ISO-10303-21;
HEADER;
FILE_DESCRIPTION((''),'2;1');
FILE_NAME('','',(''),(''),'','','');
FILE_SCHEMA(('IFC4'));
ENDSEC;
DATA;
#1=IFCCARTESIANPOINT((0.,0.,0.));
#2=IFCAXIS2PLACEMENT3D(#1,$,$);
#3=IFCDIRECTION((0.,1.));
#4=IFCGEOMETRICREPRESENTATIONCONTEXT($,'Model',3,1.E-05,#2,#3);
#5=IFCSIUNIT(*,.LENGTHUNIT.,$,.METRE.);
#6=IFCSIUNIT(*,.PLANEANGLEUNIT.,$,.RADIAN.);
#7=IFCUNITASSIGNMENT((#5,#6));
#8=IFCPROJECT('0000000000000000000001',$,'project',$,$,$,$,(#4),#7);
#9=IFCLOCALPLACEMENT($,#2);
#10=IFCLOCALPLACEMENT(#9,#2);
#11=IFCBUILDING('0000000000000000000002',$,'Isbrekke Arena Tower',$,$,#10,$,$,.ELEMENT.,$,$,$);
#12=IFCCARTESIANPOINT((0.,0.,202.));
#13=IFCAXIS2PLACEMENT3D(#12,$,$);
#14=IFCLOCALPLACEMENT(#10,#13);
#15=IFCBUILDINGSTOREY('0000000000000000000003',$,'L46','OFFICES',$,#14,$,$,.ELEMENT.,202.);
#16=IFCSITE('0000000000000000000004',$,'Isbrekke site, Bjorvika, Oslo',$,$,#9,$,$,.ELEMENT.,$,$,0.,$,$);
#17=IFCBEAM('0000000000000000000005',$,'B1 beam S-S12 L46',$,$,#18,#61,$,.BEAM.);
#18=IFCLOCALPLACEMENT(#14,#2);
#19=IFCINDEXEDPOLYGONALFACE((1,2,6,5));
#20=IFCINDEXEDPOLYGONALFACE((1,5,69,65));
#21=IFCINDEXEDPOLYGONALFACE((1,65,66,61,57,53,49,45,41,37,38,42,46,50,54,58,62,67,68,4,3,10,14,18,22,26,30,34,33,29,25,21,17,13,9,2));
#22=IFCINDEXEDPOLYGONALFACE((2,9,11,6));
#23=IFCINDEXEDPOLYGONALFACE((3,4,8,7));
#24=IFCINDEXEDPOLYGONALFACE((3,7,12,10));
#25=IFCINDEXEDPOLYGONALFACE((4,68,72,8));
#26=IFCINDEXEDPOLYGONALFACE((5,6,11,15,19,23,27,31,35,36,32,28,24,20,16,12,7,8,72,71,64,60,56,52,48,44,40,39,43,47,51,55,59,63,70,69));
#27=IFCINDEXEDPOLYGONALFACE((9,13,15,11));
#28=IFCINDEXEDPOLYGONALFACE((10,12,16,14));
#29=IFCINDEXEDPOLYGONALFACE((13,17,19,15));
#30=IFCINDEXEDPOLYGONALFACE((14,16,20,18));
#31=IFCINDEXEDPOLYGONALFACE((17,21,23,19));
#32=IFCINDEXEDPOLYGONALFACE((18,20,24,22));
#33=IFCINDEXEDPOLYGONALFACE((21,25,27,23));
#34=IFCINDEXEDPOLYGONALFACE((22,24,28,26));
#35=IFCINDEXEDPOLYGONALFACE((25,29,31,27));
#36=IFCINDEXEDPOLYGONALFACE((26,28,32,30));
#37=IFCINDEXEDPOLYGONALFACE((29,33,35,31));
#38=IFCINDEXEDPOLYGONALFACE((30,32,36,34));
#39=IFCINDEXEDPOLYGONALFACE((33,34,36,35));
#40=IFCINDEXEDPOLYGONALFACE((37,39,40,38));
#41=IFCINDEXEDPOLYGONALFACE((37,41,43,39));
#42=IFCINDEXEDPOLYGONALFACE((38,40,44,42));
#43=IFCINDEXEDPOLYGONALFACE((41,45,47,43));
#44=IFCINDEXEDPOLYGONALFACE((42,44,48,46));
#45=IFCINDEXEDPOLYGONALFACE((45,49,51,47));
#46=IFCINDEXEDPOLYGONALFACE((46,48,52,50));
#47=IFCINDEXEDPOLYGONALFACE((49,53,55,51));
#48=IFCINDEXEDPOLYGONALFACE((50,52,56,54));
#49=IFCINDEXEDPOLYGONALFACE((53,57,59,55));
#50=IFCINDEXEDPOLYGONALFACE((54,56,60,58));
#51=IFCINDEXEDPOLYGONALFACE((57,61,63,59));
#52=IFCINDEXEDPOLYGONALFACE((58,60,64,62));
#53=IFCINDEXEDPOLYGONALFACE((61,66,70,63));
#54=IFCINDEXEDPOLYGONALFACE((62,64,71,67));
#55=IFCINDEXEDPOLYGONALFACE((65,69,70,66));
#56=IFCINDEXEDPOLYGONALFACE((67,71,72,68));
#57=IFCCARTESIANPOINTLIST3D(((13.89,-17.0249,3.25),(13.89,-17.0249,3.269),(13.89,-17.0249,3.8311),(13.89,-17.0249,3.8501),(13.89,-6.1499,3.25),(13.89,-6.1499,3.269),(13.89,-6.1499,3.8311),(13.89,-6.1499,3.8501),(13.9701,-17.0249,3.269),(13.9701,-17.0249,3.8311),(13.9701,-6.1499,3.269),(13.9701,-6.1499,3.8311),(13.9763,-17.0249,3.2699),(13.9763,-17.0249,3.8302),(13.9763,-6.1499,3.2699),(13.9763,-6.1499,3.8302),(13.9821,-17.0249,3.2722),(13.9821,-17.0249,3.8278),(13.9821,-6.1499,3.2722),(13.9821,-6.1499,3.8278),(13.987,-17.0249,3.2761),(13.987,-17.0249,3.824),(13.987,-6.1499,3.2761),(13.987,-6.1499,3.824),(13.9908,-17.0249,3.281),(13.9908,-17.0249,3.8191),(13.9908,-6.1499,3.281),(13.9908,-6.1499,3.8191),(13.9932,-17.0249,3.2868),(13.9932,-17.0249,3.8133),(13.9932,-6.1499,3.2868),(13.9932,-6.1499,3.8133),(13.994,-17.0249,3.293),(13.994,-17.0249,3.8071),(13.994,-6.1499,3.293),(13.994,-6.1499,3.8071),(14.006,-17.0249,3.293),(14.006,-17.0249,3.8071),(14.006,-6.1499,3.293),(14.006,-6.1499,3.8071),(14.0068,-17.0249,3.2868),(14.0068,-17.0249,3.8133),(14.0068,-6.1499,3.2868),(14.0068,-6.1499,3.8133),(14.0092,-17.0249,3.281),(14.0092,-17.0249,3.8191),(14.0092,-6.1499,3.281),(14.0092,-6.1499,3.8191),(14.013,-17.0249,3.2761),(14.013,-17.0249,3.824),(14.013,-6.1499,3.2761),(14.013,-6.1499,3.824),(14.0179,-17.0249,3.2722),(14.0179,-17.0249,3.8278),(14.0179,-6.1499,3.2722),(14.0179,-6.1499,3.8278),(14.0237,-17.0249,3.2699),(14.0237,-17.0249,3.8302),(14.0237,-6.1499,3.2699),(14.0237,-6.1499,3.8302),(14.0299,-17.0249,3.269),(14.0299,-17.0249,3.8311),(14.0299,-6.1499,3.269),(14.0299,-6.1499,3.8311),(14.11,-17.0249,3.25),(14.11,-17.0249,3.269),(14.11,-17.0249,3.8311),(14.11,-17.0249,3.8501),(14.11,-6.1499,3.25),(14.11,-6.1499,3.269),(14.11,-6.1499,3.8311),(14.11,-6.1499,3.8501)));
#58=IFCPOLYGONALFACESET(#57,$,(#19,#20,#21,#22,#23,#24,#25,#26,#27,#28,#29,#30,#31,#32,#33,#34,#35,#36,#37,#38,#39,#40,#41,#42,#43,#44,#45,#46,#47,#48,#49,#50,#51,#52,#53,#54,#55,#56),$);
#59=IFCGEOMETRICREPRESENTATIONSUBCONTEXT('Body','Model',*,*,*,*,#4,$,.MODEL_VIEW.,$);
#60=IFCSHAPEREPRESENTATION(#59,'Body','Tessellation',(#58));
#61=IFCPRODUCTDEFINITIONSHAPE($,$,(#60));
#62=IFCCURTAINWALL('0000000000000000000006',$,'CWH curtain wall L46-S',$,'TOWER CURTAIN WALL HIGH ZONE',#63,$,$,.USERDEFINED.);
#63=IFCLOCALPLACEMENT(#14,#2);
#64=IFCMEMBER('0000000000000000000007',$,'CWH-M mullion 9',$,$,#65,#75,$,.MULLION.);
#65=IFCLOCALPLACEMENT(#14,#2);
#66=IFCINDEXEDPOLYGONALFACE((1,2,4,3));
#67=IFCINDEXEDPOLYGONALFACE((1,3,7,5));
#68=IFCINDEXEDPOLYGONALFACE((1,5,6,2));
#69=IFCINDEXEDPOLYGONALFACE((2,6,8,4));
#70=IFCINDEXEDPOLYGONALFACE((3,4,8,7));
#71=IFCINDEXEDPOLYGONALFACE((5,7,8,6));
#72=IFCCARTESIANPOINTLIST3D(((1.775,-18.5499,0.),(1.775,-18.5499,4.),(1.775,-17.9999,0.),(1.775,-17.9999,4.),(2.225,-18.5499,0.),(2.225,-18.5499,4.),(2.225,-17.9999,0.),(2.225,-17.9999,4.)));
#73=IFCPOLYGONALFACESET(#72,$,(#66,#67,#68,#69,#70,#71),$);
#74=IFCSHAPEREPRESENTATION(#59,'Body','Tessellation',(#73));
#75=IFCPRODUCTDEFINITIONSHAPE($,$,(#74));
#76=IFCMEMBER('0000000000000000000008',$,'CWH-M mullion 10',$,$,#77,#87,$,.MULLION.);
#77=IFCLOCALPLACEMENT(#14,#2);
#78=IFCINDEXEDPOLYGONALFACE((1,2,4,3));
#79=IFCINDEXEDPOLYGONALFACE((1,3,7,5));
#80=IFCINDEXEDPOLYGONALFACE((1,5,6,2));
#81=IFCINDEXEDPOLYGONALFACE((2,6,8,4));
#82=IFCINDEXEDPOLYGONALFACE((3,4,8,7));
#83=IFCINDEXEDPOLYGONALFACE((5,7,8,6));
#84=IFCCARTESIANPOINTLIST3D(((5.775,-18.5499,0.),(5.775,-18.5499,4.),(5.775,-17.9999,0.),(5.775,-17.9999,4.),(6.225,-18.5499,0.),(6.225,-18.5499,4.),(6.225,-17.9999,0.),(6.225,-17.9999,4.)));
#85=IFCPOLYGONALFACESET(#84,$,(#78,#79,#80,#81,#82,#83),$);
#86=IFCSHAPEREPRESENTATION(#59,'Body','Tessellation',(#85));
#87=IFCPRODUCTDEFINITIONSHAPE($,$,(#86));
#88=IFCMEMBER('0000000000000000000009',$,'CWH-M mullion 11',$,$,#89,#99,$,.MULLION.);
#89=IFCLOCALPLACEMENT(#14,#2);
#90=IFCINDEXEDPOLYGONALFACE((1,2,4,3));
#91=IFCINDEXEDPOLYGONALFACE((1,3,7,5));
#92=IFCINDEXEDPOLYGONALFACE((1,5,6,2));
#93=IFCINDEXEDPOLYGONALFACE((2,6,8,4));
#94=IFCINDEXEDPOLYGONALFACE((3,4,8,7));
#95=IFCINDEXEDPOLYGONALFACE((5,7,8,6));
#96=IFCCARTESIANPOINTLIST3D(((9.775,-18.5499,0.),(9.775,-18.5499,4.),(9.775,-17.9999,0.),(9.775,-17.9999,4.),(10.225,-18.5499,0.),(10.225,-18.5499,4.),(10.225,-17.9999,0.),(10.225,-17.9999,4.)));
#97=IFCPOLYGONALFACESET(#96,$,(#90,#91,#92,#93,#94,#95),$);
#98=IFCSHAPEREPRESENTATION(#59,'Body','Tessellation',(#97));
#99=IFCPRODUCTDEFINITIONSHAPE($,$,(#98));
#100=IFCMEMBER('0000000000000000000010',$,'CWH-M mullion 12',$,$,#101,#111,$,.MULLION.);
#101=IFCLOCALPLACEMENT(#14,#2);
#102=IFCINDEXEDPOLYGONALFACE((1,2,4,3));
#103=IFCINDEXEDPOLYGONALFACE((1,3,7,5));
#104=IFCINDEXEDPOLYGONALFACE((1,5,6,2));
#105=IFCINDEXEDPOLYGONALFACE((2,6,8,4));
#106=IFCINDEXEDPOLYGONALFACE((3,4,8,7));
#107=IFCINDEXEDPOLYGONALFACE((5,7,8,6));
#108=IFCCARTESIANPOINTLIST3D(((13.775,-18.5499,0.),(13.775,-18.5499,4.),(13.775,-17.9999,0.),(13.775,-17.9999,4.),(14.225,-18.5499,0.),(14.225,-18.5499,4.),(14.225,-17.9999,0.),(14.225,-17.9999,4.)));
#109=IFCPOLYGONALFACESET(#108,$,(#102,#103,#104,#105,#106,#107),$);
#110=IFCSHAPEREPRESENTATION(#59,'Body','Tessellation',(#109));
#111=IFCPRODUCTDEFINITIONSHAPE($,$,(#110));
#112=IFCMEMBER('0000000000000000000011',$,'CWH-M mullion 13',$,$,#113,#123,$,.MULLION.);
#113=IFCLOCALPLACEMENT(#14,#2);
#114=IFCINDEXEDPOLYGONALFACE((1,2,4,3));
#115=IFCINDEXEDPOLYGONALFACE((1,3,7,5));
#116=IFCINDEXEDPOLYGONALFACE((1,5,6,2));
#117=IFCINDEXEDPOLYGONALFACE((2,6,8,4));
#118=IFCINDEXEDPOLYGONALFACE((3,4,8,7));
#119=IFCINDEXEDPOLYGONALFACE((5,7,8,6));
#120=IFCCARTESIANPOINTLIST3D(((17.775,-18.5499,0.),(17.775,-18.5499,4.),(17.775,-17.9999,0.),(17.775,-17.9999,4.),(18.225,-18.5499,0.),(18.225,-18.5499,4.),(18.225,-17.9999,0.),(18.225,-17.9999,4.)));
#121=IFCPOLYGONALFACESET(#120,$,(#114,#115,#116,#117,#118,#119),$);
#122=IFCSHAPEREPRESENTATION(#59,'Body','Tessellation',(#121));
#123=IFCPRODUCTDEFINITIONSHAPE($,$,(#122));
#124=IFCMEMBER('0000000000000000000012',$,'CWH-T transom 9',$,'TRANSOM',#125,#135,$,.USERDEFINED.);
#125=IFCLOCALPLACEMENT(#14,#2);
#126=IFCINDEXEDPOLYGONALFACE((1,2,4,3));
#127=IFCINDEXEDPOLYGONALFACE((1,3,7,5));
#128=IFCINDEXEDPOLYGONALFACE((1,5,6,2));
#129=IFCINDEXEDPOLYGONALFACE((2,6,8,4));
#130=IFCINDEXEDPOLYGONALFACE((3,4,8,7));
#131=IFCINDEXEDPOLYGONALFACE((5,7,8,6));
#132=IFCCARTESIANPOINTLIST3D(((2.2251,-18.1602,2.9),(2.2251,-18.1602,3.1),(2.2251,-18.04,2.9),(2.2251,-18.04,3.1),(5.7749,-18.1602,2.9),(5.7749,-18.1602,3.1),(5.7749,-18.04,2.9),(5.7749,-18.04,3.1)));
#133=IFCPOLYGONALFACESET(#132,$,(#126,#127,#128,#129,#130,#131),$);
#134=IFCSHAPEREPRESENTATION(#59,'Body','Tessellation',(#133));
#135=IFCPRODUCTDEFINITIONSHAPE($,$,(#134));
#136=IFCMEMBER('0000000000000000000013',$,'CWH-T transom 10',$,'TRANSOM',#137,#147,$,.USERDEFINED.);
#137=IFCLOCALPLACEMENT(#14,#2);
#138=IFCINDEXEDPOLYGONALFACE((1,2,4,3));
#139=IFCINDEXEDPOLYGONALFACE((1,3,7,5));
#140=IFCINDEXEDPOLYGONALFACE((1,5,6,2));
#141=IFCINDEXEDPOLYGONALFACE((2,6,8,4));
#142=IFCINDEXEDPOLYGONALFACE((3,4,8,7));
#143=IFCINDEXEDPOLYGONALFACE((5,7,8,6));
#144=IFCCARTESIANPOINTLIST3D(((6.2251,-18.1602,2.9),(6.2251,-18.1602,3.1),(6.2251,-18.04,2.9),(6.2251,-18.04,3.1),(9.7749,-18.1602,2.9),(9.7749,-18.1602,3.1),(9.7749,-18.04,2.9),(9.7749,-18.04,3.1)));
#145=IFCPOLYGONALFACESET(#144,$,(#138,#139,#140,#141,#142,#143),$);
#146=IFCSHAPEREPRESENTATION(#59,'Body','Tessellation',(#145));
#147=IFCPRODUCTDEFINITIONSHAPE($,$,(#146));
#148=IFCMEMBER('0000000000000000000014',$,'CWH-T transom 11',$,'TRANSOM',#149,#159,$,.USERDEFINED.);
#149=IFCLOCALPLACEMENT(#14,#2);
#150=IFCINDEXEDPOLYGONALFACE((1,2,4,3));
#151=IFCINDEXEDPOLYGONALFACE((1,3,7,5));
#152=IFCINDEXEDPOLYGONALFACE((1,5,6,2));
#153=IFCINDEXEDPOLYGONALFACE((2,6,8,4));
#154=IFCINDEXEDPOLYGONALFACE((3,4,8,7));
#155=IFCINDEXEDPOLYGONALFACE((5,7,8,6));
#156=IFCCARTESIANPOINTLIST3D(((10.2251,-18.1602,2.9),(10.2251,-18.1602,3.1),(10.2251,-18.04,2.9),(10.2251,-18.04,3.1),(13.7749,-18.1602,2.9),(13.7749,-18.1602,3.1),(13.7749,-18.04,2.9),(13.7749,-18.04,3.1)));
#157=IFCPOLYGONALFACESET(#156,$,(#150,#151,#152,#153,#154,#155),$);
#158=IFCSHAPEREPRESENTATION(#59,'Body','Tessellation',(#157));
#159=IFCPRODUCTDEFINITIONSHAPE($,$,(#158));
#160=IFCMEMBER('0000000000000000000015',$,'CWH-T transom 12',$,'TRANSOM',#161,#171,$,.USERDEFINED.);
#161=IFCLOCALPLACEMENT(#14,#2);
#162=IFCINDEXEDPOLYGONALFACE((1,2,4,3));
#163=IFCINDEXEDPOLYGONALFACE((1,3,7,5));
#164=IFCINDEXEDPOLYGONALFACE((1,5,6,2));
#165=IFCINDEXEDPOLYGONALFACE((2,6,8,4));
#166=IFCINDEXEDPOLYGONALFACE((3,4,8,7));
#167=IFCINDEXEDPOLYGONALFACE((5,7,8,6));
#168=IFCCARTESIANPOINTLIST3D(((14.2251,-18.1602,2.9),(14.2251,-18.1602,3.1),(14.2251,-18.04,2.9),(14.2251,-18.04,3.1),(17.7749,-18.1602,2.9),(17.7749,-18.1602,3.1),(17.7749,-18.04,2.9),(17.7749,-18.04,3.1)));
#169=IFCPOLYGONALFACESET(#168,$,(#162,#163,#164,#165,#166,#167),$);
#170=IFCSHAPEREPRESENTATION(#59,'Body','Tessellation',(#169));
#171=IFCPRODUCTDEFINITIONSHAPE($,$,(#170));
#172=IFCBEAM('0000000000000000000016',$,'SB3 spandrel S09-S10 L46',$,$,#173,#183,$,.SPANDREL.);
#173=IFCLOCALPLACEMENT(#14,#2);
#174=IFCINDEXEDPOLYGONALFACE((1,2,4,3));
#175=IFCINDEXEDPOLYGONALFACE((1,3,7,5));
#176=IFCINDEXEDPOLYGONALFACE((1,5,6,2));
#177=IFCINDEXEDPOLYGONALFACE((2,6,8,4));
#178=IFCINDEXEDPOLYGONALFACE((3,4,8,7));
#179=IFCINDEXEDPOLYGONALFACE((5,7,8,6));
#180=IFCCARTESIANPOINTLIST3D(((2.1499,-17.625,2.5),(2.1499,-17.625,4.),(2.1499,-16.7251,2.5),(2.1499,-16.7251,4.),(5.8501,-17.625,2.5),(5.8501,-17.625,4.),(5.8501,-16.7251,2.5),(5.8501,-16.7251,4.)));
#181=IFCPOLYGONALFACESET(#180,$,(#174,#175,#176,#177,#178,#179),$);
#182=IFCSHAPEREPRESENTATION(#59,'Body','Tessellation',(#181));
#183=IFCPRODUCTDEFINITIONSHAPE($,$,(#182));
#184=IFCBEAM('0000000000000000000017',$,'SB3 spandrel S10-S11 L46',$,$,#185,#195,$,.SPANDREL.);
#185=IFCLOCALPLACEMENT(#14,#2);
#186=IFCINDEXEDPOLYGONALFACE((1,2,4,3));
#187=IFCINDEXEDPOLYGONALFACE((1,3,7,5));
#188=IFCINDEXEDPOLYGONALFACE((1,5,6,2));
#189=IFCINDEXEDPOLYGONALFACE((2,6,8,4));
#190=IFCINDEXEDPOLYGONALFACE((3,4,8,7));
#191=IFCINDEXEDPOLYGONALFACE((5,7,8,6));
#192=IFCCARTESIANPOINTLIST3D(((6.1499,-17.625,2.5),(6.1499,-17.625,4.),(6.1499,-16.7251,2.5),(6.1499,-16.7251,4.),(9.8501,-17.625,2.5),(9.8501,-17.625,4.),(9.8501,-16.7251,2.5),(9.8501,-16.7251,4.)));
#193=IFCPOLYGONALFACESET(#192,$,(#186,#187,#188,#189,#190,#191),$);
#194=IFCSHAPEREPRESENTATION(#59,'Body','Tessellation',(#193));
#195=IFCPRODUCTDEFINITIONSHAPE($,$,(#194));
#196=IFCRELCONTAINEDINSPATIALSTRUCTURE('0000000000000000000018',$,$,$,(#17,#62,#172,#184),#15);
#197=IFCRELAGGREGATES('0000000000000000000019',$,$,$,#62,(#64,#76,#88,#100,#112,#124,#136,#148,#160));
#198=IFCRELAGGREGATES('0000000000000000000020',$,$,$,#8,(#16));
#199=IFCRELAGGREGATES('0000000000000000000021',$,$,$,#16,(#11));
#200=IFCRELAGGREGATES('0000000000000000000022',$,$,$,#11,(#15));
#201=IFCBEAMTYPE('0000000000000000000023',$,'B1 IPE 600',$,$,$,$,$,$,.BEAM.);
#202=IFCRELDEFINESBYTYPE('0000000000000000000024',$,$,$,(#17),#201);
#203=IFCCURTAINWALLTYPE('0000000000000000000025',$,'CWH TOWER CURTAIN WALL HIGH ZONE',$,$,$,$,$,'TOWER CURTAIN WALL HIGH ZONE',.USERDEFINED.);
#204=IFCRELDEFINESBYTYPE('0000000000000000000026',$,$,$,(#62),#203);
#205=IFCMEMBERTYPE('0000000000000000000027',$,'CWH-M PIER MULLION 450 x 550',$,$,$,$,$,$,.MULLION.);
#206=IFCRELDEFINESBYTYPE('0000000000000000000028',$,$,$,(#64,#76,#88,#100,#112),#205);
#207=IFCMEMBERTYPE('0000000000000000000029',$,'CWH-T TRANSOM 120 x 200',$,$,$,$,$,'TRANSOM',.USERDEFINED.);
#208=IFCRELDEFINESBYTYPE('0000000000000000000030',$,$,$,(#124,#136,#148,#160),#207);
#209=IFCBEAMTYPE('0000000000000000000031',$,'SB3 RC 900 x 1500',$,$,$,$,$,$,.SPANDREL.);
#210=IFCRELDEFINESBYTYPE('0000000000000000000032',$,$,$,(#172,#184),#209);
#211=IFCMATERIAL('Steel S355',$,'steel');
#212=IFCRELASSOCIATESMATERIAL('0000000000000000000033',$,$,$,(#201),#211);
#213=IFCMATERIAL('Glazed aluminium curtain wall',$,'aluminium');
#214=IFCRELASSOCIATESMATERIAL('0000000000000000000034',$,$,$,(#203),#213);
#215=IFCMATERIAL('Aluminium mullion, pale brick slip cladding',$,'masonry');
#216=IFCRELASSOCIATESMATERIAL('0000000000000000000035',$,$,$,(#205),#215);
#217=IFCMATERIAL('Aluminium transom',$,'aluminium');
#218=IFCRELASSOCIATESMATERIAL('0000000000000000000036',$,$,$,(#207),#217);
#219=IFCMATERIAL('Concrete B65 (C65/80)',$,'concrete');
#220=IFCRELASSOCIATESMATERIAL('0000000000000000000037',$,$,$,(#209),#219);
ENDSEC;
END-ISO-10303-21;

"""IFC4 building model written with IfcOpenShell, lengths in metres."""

from ifc_helpers import new_model, si_unit, direction, frame, origin, origin_2d, place, context, subcontext, project, spatial, rectangle, i_section, extrude, material, material_profile, profile_set, type_object, element, aggregate, save


model = new_model("IFC4")

# Units and contexts
model_context = context("Model", 3, precision=1e-05, world=origin(), true_north=direction((0.0, 1.0)))
body_context = subcontext(model_context, "Body", "Model", "MODEL_VIEW")
ifc_project = project(units=[si_unit("LENGTHUNIT", "METRE"), si_unit("PLANEANGLEUNIT", "RADIAN")], contexts=[model_context])

# Site, building, storey
site_placement = place(None, origin())
site = spatial("IfcSite", under=ifc_project, at=site_placement, Name="Isbrekke site, Bjorvika, Oslo", CompositionType="ELEMENT", RefElevation=0.0)
building_placement = place(site_placement, origin())
building = spatial("IfcBuilding", under=site, at=building_placement, Name="Isbrekke Arena Tower", CompositionType="ELEMENT")
storey_placement = place(building_placement, frame((0.0, 0.0, 202.0)))
storey = spatial("IfcBuildingStorey", under=building, at=storey_placement, Name="L46", Description="OFFICES", CompositionType="ELEMENT", Elevation=202.0)

# Beam
ifc_material_1 = material(Name="Steel S355", Category="steel")
ifc_material_profile_1 = material_profile(ifc_material_1, i_section(OverallWidth=0.22, OverallDepth=0.6001, WebThickness=0.012, FlangeThickness=0.019, FilletRadius=0.0239, at=origin_2d()), Name="IPE 600")
ifc_profile_set_1 = profile_set([ifc_material_profile_1], Name="Steel S355")
beam_type_1 = type_object("IfcBeamType", Name="B1 IPE 600", PredefinedType="BEAM", material=ifc_profile_set_1)
beam_placement = place(storey_placement, frame((14.0, -17.0249, 3.55), z_axis=(0.0, 1.0, 0.0), x_axis=(-1.0, 0.0, 0.0)))
element("IfcBeam", 1, at=beam_placement, inside=storey, type_object=beam_type_1, Name="B1 beam S-S12 L46", PredefinedType="BEAM", context=body_context, shape_type="SweptSolid", body=[
    extrude(i_section(OverallWidth=0.22, OverallDepth=0.6001, WebThickness=0.012, FlangeThickness=0.019, FilletRadius=0.0239, at=origin_2d()), origin(), (0.0, 0.0, 1.0), 10.875),
])

# Curtain wall, members
ifc_material_2 = material(Name="Glazed aluminium curtain wall", Category="aluminium")
curtain_wall_type = type_object("IfcCurtainWallType", Name="CWH TOWER CURTAIN WALL HIGH ZONE", ElementType="TOWER CURTAIN WALL HIGH ZONE", PredefinedType="USERDEFINED", material=ifc_material_2)
curtain_wall_placement = place(storey_placement, origin())
curtain_wall = element("IfcCurtainWall", 2, at=curtain_wall_placement, inside=storey, type_object=curtain_wall_type, Name="CWH curtain wall L46-S", ObjectType="TOWER CURTAIN WALL HIGH ZONE", PredefinedType="USERDEFINED")
ifc_material_3 = material(Name="Aluminium mullion, pale brick slip cladding", Category="masonry")
ifc_material_profile_2 = material_profile(ifc_material_3, rectangle(XDim=0.45, YDim=0.55, at=origin_2d()), Name="PIER 450X550")
ifc_profile_set_2 = profile_set([ifc_material_profile_2], Name="Aluminium mullion, pale brick slip cladding")
member_type_1 = type_object("IfcMemberType", Name="CWH-M PIER MULLION 450 x 550", PredefinedType="MULLION", material=ifc_profile_set_2)
member_1_placement = place(storey_placement, frame((2.0, -18.2749, 0.0), z_axis=(0.0, 0.0, 1.0), x_axis=(1.0, 0.0, 0.0)))
member_1 = element("IfcMember", 3, at=member_1_placement, type_object=member_type_1, Name="CWH-M mullion 9", PredefinedType="MULLION", context=body_context, shape_type="SweptSolid", body=[
    extrude(rectangle(XDim=0.45, YDim=0.55, at=origin_2d()), origin(), (0.0, 0.0, 1.0), 4.0),
])
member_2_placement = place(storey_placement, frame((6.0, -18.2749, 0.0), z_axis=(0.0, 0.0, 1.0), x_axis=(1.0, 0.0, 0.0)))
member_2 = element("IfcMember", 4, at=member_2_placement, type_object=member_type_1, Name="CWH-M mullion 10", PredefinedType="MULLION", context=body_context, shape_type="SweptSolid", body=[
    extrude(rectangle(XDim=0.45, YDim=0.55, at=origin_2d()), origin(), (0.0, 0.0, 1.0), 4.0),
])
member_3_placement = place(storey_placement, frame((10.0, -18.2749, 0.0), z_axis=(0.0, 0.0, 1.0), x_axis=(1.0, 0.0, 0.0)))
member_3 = element("IfcMember", 5, at=member_3_placement, type_object=member_type_1, Name="CWH-M mullion 11", PredefinedType="MULLION", context=body_context, shape_type="SweptSolid", body=[
    extrude(rectangle(XDim=0.45, YDim=0.55, at=origin_2d()), origin(), (0.0, 0.0, 1.0), 4.0),
])
member_4_placement = place(storey_placement, frame((14.0, -18.2749, 0.0), z_axis=(0.0, 0.0, 1.0), x_axis=(1.0, 0.0, 0.0)))
member_4 = element("IfcMember", 6, at=member_4_placement, type_object=member_type_1, Name="CWH-M mullion 12", PredefinedType="MULLION", context=body_context, shape_type="SweptSolid", body=[
    extrude(rectangle(XDim=0.45, YDim=0.55, at=origin_2d()), origin(), (0.0, 0.0, 1.0), 4.0),
])
member_5_placement = place(storey_placement, frame((18.0, -18.2749, 0.0), z_axis=(0.0, 0.0, 1.0), x_axis=(1.0, 0.0, 0.0)))
member_5 = element("IfcMember", 7, at=member_5_placement, type_object=member_type_1, Name="CWH-M mullion 13", PredefinedType="MULLION", context=body_context, shape_type="SweptSolid", body=[
    extrude(rectangle(XDim=0.45, YDim=0.55, at=origin_2d()), origin(), (0.0, 0.0, 1.0), 4.0),
])
ifc_material_4 = material(Name="Aluminium transom", Category="aluminium")
ifc_material_profile_3 = material_profile(ifc_material_4, rectangle(XDim=0.1201, YDim=0.2, at=origin_2d()), Name="TRANSOM 120X200")
ifc_profile_set_3 = profile_set([ifc_material_profile_3], Name="Aluminium transom")
member_type_2 = type_object("IfcMemberType", Name="CWH-T TRANSOM 120 x 200", ElementType="TRANSOM", PredefinedType="USERDEFINED", material=ifc_profile_set_3)
member_6_placement = place(storey_placement, frame((2.2251, -18.1001, 3.0), z_axis=(1.0, 0.0, 0.0), x_axis=(0.0, 1.0, 0.0)))
member_6 = element("IfcMember", 8, at=member_6_placement, type_object=member_type_2, Name="CWH-T transom 9", ObjectType="TRANSOM", PredefinedType="USERDEFINED", context=body_context, shape_type="SweptSolid", body=[
    extrude(rectangle(XDim=0.1201, YDim=0.2, at=origin_2d()), origin(), (0.0, 0.0, 1.0), 3.5498),
])
member_7_placement = place(storey_placement, frame((6.2251, -18.1001, 3.0), z_axis=(1.0, 0.0, 0.0), x_axis=(0.0, 1.0, 0.0)))
member_7 = element("IfcMember", 9, at=member_7_placement, type_object=member_type_2, Name="CWH-T transom 10", ObjectType="TRANSOM", PredefinedType="USERDEFINED", context=body_context, shape_type="SweptSolid", body=[
    extrude(rectangle(XDim=0.1201, YDim=0.2, at=origin_2d()), origin(), (0.0, 0.0, 1.0), 3.5498),
])
member_8_placement = place(storey_placement, frame((10.2251, -18.1001, 3.0), z_axis=(1.0, 0.0, 0.0), x_axis=(0.0, 1.0, 0.0)))
member_8 = element("IfcMember", 10, at=member_8_placement, type_object=member_type_2, Name="CWH-T transom 11", ObjectType="TRANSOM", PredefinedType="USERDEFINED", context=body_context, shape_type="SweptSolid", body=[
    extrude(rectangle(XDim=0.1201, YDim=0.2, at=origin_2d()), origin(), (0.0, 0.0, 1.0), 3.5498),
])
member_9_placement = place(storey_placement, frame((14.2251, -18.1001, 3.0), z_axis=(1.0, 0.0, 0.0), x_axis=(0.0, 1.0, 0.0)))
member_9 = element("IfcMember", 11, at=member_9_placement, type_object=member_type_2, Name="CWH-T transom 12", ObjectType="TRANSOM", PredefinedType="USERDEFINED", context=body_context, shape_type="SweptSolid", body=[
    extrude(rectangle(XDim=0.1201, YDim=0.2, at=origin_2d()), origin(), (0.0, 0.0, 1.0), 3.5498),
])

# Beams
ifc_material_5 = material(Name="Concrete B65 (C65/80)", Category="concrete")
ifc_material_profile_4 = material_profile(ifc_material_5, rectangle(XDim=0.8999, YDim=1.5, at=origin_2d()), Name="RC 900x1500")
ifc_profile_set_4 = profile_set([ifc_material_profile_4], Name="Concrete B65 (C65/80)")
beam_type_2 = type_object("IfcBeamType", Name="SB3 RC 900 x 1500", PredefinedType="SPANDREL", material=ifc_profile_set_4)
for number, where, z_axis, x_axis, name in (
    (12, (2.1499, -17.175, 3.25), (1.0, 0.0, 0.0), (0.0, 1.0, 0.0), "SB3 spandrel S09-S10 L46"),
    (13, (6.1499, -17.175, 3.25), (1.0, 0.0, 0.0), (0.0, 1.0, 0.0), "SB3 spandrel S10-S11 L46"),
):
    element("IfcBeam", number, at=place(storey_placement, frame(where, z_axis=z_axis, x_axis=x_axis)), inside=storey, type_object=beam_type_2, Name=name, PredefinedType="SPANDREL", context=body_context, shape_type="SweptSolid", body=[
        extrude(rectangle(XDim=0.8999, YDim=1.5, at=origin_2d()), origin(), (0.0, 0.0, 1.0), 3.7002),
    ])

aggregate(curtain_wall, [member_1, member_2, member_3, member_4, member_5, member_6, member_7, member_8, member_9])

save(model, "model.ifc")
